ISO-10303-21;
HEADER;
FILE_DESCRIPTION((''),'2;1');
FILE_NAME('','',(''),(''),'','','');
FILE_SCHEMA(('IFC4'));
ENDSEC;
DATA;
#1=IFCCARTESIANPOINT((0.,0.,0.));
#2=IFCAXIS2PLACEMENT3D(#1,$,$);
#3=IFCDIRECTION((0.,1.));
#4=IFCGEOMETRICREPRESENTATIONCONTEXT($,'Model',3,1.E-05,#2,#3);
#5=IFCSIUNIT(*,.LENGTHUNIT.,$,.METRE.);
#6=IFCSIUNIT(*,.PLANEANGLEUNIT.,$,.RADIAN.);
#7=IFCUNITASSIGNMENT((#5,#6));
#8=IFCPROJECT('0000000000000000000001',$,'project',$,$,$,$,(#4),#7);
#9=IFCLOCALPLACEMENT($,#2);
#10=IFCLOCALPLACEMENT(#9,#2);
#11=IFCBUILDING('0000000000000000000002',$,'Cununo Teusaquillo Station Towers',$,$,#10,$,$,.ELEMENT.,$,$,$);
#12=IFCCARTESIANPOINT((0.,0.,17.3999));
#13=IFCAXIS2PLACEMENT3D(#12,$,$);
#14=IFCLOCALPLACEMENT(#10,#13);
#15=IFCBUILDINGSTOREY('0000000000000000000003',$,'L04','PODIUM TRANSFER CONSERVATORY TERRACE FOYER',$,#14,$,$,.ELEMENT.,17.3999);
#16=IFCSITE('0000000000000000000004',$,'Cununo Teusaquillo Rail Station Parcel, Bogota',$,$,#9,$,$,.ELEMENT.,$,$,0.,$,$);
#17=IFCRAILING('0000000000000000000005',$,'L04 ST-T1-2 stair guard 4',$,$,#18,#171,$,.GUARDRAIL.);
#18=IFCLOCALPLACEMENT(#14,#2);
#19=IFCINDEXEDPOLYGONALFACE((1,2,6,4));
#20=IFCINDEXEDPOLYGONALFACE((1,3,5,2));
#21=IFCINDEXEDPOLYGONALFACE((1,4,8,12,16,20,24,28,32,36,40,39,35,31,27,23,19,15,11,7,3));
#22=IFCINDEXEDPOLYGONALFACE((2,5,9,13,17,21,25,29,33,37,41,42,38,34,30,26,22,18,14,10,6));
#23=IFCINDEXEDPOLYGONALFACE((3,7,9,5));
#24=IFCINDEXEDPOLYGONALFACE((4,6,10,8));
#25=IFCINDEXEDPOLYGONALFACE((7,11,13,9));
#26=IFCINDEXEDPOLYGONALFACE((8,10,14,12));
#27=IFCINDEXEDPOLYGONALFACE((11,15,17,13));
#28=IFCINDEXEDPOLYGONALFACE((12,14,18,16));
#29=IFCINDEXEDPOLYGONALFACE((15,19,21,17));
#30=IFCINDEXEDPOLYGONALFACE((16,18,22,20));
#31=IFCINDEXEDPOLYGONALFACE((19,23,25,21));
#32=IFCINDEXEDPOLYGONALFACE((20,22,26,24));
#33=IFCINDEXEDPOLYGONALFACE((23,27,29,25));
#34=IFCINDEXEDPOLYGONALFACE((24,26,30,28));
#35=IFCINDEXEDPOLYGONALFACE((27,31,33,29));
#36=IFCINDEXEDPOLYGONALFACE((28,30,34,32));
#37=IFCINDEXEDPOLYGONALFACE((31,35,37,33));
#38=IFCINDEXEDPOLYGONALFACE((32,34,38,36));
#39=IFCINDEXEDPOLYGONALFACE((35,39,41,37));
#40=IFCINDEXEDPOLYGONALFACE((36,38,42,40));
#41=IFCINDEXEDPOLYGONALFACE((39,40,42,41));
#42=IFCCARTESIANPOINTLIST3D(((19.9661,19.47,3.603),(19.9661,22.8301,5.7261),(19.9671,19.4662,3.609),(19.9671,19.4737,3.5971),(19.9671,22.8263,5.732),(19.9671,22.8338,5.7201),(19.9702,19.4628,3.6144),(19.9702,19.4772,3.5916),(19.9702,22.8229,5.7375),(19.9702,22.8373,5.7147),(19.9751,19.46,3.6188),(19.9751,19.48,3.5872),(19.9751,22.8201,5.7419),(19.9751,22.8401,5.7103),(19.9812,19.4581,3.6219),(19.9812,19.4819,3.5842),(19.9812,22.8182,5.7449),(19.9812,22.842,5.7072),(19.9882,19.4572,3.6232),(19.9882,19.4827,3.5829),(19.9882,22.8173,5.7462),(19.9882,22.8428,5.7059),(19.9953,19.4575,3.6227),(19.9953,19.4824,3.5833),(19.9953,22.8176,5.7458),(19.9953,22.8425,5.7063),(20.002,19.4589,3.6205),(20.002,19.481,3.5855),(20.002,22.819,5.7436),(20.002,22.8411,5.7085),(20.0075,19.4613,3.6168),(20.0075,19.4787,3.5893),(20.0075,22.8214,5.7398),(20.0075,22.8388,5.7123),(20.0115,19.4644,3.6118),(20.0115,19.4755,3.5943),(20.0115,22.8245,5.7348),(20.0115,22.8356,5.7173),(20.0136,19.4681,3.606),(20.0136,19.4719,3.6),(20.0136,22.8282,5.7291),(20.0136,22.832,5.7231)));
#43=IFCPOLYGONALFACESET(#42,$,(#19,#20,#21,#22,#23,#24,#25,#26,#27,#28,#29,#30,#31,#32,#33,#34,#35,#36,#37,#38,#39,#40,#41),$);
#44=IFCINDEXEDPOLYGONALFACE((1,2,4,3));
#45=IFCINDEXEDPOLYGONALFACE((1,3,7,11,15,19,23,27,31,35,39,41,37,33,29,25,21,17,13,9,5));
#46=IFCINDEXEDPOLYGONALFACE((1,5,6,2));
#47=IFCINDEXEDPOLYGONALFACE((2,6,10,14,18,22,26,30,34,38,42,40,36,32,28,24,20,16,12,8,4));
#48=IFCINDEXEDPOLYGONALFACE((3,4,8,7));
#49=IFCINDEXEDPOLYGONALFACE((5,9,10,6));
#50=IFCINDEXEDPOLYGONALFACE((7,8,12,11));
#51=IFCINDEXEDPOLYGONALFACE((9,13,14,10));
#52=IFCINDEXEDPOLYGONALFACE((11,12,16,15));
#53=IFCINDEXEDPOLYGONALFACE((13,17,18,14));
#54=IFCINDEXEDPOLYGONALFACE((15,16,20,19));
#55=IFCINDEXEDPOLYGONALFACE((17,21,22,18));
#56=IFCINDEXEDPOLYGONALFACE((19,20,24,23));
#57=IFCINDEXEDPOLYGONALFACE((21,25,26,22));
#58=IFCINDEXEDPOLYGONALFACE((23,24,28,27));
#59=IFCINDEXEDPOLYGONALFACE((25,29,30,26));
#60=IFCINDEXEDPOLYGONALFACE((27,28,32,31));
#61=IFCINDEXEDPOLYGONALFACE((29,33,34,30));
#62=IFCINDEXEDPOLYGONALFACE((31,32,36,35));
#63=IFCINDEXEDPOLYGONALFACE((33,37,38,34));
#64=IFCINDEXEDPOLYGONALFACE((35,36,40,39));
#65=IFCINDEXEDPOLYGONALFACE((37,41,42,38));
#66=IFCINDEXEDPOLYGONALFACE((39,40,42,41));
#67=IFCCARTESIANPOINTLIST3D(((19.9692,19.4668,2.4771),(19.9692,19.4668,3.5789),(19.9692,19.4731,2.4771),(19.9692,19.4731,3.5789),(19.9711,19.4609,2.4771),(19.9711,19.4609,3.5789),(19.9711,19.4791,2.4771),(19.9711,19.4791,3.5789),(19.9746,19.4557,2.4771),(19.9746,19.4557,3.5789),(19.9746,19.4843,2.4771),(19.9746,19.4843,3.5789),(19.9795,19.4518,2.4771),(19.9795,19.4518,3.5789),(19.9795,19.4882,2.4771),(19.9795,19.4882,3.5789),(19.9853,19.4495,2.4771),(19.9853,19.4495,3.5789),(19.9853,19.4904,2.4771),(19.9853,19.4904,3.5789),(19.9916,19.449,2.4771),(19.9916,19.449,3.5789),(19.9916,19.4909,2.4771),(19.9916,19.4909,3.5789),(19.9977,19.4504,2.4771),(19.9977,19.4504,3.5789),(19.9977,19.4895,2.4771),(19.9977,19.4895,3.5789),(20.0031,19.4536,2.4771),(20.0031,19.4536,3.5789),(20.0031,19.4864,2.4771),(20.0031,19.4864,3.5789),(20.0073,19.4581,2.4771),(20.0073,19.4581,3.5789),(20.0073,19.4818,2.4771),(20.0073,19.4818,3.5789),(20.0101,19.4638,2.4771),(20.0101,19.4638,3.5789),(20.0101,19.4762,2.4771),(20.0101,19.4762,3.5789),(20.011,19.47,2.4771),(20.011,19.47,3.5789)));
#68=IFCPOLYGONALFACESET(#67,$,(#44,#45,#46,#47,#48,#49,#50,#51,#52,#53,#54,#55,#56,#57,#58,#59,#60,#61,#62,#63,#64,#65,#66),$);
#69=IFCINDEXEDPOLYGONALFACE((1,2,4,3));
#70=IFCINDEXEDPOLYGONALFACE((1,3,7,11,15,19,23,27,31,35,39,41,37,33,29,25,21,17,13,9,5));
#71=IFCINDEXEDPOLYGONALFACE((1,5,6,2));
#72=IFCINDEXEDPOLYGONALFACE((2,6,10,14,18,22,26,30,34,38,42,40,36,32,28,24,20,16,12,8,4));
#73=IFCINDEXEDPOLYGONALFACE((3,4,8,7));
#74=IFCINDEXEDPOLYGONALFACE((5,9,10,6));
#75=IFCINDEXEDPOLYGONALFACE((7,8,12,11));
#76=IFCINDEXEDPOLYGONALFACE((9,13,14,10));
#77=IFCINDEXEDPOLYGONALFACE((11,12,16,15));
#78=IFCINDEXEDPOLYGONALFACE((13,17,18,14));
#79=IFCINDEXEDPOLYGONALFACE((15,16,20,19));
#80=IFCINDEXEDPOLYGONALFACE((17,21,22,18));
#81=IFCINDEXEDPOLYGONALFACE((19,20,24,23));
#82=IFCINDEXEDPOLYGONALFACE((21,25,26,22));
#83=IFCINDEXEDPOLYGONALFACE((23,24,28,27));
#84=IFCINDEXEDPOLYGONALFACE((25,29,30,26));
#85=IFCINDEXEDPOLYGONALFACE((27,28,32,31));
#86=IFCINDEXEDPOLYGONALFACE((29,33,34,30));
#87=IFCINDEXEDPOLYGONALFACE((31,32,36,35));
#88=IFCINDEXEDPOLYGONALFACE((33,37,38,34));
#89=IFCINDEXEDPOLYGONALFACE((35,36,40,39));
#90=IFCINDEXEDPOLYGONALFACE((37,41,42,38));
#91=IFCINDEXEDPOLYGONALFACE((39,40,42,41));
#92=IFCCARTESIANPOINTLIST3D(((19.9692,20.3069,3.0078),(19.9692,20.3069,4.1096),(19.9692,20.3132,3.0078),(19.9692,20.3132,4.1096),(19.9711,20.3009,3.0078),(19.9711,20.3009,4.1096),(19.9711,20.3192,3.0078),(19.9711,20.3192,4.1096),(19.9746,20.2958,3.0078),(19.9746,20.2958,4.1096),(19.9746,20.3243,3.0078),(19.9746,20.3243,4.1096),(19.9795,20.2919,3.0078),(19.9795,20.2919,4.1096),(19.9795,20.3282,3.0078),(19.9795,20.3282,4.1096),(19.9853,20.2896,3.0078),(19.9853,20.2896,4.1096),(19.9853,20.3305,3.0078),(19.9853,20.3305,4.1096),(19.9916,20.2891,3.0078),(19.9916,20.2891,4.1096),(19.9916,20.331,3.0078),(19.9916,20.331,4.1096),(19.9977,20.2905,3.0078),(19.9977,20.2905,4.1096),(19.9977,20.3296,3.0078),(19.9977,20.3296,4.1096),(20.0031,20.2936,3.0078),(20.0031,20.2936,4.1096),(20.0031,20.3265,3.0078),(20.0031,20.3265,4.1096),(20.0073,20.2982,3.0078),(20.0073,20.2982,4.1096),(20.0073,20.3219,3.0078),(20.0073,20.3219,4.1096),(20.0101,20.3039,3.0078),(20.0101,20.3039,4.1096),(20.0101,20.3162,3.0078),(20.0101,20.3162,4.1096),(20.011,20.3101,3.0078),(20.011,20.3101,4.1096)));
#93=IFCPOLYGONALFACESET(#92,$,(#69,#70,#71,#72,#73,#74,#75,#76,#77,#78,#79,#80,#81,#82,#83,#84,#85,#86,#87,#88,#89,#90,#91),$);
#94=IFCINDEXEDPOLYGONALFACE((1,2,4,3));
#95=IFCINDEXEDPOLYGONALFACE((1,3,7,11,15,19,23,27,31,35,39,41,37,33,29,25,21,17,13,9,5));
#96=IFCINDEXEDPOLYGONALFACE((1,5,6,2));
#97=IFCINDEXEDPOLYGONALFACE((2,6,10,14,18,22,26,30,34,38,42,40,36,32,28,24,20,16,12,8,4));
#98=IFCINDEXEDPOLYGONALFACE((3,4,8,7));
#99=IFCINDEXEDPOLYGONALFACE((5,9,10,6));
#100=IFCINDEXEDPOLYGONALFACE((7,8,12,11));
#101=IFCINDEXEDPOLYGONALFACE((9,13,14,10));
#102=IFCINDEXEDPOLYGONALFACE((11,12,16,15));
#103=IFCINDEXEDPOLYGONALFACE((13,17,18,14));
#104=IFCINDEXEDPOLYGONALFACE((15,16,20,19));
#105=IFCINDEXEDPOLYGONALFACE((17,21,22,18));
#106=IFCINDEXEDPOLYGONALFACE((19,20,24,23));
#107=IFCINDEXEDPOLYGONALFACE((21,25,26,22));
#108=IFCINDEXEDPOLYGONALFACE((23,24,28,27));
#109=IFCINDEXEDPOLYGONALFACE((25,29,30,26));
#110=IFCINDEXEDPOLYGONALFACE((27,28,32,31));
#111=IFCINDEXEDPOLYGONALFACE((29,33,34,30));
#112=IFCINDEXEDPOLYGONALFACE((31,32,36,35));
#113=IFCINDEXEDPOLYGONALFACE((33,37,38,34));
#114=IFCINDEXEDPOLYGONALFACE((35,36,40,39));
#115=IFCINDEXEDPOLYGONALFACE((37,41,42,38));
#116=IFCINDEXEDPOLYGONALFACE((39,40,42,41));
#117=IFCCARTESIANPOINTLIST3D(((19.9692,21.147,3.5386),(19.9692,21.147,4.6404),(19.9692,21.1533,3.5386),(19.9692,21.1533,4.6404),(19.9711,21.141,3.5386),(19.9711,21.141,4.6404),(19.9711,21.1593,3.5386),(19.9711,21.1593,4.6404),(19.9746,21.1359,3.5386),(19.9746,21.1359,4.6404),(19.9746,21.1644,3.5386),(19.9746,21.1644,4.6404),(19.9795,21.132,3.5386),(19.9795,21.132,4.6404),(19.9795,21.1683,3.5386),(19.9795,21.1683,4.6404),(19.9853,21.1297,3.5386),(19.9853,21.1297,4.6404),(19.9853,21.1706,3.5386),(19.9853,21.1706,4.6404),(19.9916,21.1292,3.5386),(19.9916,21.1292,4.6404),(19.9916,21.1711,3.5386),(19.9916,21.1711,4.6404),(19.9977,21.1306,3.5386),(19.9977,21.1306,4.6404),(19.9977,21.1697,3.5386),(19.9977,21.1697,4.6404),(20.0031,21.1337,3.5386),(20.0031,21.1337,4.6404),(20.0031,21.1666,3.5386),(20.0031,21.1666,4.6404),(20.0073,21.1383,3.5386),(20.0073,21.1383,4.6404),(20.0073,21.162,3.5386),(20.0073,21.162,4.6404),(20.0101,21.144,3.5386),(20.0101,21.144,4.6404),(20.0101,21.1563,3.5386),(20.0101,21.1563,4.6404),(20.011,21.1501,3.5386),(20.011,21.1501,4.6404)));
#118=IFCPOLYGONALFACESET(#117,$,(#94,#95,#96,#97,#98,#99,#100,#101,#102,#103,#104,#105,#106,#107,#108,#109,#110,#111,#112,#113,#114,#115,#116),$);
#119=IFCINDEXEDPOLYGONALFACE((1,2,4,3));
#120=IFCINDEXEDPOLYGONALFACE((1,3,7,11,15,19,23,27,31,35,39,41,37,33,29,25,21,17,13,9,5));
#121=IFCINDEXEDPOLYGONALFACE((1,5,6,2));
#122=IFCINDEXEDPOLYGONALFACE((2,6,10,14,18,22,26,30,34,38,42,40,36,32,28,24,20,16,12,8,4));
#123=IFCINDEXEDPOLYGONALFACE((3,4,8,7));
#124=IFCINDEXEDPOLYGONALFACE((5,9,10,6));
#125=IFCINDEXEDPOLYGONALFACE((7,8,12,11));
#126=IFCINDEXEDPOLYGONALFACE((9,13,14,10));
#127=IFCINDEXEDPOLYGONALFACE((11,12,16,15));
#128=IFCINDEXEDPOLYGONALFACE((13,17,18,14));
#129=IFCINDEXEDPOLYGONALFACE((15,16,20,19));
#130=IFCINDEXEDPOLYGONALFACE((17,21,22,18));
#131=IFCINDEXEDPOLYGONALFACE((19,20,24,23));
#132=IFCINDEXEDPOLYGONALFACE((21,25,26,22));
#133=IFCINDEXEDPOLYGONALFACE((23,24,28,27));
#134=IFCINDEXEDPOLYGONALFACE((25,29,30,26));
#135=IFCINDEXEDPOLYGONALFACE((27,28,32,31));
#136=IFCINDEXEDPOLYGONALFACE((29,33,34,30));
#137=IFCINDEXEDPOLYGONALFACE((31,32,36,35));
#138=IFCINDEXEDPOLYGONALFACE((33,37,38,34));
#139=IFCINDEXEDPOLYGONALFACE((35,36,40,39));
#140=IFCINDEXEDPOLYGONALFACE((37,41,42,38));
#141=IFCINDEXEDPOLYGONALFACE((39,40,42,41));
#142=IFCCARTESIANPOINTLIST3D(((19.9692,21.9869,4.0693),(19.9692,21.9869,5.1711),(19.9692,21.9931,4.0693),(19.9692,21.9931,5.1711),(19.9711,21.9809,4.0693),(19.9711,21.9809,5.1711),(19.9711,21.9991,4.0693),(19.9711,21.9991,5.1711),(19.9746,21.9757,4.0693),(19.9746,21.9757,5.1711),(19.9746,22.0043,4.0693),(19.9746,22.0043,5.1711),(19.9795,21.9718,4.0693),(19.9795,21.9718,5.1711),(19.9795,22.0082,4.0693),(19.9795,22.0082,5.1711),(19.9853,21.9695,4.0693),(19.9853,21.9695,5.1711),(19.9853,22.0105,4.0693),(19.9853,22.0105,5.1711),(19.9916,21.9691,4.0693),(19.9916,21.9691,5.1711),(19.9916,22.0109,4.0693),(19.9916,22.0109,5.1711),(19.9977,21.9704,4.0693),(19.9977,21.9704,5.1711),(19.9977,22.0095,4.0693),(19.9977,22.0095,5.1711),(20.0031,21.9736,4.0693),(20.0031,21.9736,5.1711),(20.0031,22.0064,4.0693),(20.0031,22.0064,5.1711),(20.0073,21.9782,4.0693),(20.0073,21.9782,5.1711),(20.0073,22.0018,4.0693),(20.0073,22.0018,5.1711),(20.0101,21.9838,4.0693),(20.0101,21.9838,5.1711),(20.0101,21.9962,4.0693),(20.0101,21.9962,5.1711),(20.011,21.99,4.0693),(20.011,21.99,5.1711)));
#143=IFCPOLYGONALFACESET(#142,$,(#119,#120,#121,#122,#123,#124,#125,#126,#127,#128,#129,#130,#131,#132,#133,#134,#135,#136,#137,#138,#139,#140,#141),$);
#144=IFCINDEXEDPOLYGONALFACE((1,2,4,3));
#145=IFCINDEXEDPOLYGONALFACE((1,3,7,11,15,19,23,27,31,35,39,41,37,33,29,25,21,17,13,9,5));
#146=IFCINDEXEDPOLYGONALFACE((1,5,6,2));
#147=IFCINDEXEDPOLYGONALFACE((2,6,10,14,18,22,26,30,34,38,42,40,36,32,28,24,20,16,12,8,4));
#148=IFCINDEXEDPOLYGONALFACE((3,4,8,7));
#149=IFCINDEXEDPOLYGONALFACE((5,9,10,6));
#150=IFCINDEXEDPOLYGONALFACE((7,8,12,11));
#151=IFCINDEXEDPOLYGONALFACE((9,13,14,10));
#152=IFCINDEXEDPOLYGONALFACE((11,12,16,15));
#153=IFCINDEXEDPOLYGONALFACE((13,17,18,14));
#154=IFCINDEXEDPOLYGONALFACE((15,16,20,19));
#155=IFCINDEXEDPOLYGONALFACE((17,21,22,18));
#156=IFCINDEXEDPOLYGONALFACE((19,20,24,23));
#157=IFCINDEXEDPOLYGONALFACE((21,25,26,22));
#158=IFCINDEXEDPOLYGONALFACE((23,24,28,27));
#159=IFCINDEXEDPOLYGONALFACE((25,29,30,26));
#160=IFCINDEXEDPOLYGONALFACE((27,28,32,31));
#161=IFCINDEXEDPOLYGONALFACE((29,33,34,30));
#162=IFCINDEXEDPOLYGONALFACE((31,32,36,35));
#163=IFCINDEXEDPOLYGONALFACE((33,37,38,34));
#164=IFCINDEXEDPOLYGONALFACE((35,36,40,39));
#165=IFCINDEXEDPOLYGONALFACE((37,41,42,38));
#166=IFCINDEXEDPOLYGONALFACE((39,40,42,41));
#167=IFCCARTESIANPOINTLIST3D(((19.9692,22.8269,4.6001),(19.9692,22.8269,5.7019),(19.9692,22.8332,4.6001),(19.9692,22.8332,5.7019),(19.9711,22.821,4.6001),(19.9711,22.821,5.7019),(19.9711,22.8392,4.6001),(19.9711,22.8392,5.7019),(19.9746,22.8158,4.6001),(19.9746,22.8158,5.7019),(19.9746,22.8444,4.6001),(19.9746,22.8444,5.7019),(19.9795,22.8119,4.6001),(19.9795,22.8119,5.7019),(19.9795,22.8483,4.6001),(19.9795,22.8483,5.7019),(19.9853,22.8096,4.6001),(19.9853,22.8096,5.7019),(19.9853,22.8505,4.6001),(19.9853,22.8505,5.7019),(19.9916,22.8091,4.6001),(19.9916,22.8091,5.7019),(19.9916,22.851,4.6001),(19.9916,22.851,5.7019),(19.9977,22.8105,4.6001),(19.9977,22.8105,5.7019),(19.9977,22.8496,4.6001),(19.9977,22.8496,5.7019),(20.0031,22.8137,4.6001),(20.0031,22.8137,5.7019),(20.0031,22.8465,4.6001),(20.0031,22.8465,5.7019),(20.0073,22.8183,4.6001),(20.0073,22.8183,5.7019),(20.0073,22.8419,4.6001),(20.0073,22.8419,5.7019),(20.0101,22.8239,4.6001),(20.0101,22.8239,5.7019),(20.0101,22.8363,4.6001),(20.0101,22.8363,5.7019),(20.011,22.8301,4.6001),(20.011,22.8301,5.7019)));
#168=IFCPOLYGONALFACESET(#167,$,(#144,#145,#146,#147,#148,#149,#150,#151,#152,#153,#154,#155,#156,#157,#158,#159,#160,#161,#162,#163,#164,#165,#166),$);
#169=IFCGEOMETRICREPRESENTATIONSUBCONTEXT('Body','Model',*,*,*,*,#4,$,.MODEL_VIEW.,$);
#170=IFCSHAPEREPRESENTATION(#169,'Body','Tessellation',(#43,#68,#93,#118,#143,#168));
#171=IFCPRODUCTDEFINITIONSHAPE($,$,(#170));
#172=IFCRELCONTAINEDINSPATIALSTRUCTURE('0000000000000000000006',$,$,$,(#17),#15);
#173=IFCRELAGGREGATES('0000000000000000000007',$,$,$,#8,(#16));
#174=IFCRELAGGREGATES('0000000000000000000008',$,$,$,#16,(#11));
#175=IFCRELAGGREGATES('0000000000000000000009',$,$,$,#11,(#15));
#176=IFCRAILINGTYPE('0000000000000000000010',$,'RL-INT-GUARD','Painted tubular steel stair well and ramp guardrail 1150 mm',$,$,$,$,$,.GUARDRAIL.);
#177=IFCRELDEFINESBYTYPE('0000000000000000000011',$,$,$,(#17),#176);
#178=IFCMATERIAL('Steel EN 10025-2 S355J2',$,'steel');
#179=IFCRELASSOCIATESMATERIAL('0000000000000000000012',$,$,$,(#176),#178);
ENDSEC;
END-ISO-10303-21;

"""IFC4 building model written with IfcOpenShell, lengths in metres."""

from ifc_helpers import new_model, si_unit, direction, frame, origin, origin_2d, place, context, subcontext, project, spatial, circle, extrude, material, type_object, element, save


model = new_model("IFC4")

# Units and contexts
model_context = context("Model", 3, precision=1e-05, world=origin(), true_north=direction((0.0, 1.0)))
body_context = subcontext(model_context, "Body", "Model", "MODEL_VIEW")
ifc_project = project(units=[si_unit("LENGTHUNIT", "METRE"), si_unit("PLANEANGLEUNIT", "RADIAN")], contexts=[model_context])

# Site, building, storey
site_placement = place(None, origin())
site = spatial("IfcSite", under=ifc_project, at=site_placement, Name="Cununo Teusaquillo Rail Station Parcel, Bogota", CompositionType="ELEMENT", RefElevation=0.0)
building_placement = place(site_placement, origin())
building = spatial("IfcBuilding", under=site, at=building_placement, Name="Cununo Teusaquillo Station Towers", CompositionType="ELEMENT")
storey_placement = place(building_placement, frame((0.0, 0.0, 17.3999)))
storey = spatial("IfcBuildingStorey", under=building, at=storey_placement, Name="L04", Description="PODIUM TRANSFER CONSERVATORY TERRACE FOYER", CompositionType="ELEMENT", Elevation=17.3999)

# Railing
ifc_material_1 = material(Name="Steel EN 10025-2 S355J2", Category="steel")
railing_type_1 = type_object("IfcRailingType", Name="RL-INT-GUARD", Description="Painted tubular steel stair well and ramp guardrail 1150 mm", PredefinedType="GUARDRAIL", material=ifc_material_1)
railing_1_placement = place(storey_placement, frame((19.99, 19.47, 2.4771)))
element("IfcRailing", 1, at=railing_1_placement, inside=storey, type_object=railing_type_1, Name="L04 ST-T1-2 stair guard 4", PredefinedType="GUARDRAIL", context=body_context, shape_type="SweptSolid", body=[
    extrude(circle(Radius=0.0239, at=origin_2d()), frame((0.0, 0.0, 1.126), z_axis=(0.0, 0.84539, 0.53415), x_axis=(-1.0, 0.0, 0.0)), (0.0, 0.0, 1.0), 3.9746),
    extrude(circle(Radius=0.021, at=origin_2d()), origin(), (0.0, 0.0, 1.0), 1.1018),
    extrude(circle(Radius=0.021, at=origin_2d()), frame((0.0, 0.8401, 0.5308)), (0.0, 0.0, 1.0), 1.1018),
    extrude(circle(Radius=0.021, at=origin_2d()), frame((0.0, 1.6802, 1.0615)), (0.0, 0.0, 1.0), 1.1018),
    extrude(circle(Radius=0.021, at=origin_2d()), frame((0.0, 2.52, 1.5923)), (0.0, 0.0, 1.0), 1.1018),
    extrude(circle(Radius=0.021, at=origin_2d()), frame((0.0, 3.3601, 2.123)), (0.0, 0.0, 1.0), 1.1018),
])

save(model, "model.ifc")
